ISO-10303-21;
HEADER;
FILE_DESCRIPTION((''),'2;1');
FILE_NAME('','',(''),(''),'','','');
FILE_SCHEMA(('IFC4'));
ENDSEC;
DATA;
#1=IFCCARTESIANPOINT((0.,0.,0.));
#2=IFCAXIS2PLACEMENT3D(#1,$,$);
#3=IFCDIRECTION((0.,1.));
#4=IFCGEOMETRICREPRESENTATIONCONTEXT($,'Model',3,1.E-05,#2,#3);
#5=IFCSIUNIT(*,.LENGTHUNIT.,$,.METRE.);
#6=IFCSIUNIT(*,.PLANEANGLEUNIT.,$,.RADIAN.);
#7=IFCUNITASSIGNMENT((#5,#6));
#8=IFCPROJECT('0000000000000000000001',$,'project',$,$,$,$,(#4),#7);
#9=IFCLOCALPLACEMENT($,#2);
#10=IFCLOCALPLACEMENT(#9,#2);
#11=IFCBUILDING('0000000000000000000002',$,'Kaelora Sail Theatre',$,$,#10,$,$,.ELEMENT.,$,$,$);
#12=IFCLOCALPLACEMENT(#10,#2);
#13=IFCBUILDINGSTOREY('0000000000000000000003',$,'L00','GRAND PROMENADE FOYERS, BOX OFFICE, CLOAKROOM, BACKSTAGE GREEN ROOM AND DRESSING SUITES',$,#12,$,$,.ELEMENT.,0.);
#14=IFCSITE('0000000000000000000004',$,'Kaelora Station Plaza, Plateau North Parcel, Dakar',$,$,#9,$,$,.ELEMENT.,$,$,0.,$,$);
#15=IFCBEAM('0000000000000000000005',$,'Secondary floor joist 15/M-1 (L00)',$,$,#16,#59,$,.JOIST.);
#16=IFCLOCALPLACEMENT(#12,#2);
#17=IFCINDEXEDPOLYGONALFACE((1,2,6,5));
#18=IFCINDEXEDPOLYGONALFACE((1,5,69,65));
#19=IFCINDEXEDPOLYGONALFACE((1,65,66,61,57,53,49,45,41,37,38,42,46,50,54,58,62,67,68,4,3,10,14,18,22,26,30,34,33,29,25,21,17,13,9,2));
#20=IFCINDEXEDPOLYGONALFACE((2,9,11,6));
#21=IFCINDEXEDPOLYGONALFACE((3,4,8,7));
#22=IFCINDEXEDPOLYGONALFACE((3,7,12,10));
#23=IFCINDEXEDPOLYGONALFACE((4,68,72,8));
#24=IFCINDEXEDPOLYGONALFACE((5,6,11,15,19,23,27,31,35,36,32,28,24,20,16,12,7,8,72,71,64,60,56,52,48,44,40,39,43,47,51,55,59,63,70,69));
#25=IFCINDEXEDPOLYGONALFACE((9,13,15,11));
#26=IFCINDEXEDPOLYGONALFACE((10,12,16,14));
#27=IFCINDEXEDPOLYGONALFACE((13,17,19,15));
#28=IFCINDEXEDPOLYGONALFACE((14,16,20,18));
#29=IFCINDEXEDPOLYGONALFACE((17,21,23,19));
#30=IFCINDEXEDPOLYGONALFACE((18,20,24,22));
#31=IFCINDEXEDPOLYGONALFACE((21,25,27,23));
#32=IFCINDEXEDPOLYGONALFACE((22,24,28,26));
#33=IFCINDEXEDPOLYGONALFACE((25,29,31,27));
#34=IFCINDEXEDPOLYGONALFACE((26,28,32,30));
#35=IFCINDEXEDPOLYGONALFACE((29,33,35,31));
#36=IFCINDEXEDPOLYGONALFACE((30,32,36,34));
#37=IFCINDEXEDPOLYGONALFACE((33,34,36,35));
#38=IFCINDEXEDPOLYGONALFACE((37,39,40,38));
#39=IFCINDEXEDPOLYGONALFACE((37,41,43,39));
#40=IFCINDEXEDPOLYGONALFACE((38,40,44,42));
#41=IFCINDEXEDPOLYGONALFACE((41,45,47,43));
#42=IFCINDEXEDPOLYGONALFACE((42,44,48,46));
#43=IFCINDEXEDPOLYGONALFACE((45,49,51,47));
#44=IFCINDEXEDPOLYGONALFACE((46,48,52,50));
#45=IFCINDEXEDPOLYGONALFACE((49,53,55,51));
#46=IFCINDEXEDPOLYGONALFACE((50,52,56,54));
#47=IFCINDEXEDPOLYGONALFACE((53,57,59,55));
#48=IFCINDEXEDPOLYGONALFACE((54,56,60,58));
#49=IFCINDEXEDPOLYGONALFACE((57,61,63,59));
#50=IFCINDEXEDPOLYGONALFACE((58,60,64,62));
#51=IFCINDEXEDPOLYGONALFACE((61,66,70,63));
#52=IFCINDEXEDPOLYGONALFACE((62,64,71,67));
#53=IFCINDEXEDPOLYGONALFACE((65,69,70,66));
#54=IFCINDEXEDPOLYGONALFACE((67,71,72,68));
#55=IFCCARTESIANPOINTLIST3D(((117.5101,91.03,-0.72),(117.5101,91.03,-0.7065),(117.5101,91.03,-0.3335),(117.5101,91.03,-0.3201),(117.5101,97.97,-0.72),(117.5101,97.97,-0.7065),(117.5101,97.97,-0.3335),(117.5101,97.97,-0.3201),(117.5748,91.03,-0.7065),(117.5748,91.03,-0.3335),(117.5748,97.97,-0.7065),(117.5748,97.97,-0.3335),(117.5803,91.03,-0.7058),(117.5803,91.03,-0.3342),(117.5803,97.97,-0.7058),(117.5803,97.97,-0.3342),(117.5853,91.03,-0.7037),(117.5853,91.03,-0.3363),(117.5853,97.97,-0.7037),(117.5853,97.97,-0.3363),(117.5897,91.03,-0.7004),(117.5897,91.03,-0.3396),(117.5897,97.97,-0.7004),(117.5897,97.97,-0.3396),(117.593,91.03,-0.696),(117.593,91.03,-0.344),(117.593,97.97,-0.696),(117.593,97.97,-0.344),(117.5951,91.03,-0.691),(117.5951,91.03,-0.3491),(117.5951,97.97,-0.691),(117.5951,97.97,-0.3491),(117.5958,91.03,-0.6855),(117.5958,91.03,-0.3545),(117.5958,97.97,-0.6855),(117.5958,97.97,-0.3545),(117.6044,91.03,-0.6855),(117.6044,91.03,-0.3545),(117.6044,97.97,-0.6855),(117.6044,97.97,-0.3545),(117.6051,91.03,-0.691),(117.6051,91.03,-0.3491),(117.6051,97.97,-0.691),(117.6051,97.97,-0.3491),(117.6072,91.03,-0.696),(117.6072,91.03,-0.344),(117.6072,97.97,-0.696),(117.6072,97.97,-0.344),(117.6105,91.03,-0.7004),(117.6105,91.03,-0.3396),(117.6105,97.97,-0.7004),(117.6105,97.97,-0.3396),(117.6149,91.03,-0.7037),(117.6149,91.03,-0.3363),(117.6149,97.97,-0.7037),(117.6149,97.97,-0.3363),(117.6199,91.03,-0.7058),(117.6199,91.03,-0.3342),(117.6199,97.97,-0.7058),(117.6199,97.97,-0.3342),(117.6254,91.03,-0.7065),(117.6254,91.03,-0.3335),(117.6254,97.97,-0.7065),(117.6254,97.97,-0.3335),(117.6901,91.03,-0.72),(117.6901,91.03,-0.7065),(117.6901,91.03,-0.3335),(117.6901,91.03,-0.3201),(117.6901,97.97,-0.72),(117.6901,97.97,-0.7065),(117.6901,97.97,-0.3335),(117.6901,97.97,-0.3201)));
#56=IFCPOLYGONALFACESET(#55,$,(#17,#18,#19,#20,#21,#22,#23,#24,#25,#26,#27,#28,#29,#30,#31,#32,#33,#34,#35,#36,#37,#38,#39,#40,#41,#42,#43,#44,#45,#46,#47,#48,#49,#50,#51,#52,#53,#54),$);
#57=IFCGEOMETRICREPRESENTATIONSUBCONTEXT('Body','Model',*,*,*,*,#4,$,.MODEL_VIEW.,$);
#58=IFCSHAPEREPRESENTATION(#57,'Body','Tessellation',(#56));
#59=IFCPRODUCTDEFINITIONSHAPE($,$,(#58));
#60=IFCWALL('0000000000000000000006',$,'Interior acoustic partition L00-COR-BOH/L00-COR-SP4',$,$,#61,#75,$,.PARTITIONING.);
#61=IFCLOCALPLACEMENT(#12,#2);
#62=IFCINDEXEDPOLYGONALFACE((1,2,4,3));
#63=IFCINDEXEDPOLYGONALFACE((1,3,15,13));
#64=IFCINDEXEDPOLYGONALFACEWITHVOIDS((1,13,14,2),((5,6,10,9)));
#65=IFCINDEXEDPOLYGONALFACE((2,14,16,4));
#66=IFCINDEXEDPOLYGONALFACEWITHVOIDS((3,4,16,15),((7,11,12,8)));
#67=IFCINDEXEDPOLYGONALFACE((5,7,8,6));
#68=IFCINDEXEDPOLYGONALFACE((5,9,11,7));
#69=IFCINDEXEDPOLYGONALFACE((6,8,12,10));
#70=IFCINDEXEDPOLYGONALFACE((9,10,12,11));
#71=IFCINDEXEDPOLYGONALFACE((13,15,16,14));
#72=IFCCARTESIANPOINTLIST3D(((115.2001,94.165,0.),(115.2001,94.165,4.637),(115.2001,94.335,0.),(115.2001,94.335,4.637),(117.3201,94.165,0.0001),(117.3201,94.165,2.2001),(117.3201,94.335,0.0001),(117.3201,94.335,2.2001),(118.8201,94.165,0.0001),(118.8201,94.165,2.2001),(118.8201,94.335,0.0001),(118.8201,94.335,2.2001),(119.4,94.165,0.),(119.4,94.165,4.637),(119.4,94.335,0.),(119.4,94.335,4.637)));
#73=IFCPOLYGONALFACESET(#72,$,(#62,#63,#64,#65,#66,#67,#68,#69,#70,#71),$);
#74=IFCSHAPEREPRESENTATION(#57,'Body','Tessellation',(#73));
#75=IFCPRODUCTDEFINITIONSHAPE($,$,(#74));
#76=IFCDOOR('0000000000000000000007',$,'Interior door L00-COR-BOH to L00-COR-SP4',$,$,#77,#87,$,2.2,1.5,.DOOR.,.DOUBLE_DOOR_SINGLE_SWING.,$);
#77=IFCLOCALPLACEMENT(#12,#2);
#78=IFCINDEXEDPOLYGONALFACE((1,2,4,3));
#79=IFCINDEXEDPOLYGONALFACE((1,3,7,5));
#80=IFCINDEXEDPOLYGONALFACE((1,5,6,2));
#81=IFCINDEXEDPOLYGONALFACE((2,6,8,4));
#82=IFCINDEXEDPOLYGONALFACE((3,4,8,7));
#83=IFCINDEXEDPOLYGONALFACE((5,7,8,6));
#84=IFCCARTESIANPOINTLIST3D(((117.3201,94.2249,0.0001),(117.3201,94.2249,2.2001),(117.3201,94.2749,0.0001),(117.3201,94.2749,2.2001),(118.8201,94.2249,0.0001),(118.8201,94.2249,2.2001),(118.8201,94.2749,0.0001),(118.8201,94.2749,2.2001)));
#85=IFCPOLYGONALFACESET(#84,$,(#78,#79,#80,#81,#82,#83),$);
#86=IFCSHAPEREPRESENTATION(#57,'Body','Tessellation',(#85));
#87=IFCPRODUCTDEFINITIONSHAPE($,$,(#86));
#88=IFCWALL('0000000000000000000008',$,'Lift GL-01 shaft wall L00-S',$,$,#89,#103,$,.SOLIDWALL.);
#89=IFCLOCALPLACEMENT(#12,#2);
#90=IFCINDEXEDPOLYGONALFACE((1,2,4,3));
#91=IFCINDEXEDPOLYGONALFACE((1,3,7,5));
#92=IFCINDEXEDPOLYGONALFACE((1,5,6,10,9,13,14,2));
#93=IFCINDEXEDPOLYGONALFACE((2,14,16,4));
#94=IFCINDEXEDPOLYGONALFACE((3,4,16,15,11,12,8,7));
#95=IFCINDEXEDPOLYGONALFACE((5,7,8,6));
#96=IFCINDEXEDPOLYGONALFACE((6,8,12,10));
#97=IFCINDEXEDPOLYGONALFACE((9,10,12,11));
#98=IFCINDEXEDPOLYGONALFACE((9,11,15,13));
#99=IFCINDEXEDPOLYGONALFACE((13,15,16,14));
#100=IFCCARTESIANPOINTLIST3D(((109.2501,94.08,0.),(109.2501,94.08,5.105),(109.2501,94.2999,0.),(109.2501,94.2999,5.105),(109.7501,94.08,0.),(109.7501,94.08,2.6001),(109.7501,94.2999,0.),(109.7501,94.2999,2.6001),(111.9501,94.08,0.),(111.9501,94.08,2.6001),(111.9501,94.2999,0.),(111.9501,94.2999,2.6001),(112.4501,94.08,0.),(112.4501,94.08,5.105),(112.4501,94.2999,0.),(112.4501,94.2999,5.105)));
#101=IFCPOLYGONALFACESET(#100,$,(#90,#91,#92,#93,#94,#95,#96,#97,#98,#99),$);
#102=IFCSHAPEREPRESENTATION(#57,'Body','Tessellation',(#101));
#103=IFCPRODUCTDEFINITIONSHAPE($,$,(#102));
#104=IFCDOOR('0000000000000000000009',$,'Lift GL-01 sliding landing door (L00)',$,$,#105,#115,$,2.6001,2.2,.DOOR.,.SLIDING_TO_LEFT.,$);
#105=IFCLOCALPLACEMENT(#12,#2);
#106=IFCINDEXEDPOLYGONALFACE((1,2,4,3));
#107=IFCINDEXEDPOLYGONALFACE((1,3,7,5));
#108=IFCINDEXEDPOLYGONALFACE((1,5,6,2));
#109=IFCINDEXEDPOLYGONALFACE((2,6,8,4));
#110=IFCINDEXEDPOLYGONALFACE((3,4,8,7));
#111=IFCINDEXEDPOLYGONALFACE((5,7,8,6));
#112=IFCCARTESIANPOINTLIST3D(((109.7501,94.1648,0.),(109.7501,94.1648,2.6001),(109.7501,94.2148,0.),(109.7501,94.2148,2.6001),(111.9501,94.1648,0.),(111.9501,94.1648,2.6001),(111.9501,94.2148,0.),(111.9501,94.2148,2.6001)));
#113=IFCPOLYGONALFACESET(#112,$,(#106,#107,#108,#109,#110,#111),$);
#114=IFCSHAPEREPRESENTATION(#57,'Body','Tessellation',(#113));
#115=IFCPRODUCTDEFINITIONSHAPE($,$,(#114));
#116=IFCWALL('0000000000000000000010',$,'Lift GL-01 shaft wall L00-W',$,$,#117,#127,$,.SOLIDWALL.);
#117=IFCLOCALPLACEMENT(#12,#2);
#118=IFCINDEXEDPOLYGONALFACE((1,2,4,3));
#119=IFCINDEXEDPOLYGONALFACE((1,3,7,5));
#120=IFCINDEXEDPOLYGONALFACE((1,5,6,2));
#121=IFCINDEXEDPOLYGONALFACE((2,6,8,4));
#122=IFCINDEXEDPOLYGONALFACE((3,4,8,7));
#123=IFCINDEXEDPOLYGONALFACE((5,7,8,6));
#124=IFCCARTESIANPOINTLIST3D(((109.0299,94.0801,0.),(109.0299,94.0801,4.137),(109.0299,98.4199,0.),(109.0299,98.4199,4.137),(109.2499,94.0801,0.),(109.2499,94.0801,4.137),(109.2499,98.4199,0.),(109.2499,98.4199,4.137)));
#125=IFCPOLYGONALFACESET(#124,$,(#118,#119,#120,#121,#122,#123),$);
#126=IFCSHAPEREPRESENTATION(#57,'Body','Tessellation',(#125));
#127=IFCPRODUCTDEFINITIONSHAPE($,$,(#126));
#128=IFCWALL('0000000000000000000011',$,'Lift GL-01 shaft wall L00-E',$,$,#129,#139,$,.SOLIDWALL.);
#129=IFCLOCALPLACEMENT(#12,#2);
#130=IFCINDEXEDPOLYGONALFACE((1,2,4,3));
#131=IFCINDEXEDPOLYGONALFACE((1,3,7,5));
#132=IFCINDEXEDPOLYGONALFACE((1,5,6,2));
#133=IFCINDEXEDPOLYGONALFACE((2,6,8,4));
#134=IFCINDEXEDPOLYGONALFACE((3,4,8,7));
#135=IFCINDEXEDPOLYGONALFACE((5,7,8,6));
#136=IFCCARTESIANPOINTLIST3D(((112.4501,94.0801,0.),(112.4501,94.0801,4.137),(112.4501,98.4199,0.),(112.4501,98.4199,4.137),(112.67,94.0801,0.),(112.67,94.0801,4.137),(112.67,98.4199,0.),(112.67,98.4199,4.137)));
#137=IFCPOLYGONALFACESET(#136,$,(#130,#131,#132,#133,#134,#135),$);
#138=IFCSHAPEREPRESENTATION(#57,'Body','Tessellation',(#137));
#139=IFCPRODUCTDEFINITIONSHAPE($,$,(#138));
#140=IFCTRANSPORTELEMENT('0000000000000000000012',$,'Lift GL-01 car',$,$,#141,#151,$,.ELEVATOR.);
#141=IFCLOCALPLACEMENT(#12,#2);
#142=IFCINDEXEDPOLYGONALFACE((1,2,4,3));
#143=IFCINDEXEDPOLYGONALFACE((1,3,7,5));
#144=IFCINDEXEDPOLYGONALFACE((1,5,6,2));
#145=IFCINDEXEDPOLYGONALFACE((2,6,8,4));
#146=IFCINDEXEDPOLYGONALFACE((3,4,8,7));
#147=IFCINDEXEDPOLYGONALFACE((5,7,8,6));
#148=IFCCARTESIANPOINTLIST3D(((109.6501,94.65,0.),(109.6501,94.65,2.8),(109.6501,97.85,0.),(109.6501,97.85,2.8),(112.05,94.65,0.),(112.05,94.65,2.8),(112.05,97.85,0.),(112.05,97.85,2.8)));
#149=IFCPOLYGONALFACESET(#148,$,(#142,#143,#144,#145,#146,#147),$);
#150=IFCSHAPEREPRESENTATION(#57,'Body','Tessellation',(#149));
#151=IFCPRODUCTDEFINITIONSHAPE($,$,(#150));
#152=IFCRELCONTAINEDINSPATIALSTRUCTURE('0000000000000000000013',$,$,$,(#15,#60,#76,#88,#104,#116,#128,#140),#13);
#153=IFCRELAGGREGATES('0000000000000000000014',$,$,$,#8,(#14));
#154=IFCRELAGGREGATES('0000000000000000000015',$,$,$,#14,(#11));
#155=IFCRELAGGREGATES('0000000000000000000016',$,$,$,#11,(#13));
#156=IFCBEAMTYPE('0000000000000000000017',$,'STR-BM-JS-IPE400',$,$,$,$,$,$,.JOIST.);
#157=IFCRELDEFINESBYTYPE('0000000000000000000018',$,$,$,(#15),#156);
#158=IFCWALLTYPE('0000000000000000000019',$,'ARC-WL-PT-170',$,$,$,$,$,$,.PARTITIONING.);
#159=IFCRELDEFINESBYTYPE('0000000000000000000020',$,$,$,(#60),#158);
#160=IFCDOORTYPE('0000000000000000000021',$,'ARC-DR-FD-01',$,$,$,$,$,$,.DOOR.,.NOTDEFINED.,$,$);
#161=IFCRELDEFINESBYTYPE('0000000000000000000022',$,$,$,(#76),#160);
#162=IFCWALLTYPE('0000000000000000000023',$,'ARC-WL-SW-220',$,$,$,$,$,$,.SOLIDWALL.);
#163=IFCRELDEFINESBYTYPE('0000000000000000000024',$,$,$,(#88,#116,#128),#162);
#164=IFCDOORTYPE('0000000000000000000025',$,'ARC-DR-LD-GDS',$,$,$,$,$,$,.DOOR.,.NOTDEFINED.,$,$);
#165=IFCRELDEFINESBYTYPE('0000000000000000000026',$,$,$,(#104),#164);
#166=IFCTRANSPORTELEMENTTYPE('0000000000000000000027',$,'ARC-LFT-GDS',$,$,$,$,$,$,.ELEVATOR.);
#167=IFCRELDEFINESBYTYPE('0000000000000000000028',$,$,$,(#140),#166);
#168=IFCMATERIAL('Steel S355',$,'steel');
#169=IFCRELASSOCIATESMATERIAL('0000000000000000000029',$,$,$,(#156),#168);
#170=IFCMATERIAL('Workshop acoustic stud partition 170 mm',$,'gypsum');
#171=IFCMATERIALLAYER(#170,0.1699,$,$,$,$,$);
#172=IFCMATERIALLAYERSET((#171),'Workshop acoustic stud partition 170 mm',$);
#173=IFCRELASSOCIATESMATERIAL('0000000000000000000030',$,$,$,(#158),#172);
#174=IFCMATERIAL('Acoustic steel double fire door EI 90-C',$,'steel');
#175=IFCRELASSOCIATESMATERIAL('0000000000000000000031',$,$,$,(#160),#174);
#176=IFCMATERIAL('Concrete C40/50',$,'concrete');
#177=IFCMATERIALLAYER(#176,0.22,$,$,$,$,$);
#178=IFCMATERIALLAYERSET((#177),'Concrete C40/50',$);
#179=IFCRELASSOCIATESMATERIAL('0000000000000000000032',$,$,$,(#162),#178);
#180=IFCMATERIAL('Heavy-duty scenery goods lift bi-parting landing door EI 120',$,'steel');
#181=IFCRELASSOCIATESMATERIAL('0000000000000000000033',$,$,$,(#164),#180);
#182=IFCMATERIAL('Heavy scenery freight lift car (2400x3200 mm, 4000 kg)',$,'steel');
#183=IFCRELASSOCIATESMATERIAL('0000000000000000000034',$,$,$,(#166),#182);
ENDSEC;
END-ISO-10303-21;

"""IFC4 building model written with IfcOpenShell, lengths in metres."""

from ifc_helpers import new_model, si_unit, direction, frame, frame_2d, origin, origin_2d, place, context, subcontext, project, spatial, rectangle, i_section, extrude, material, layer, layer_set, material_profile, profile_set, type_object, element, fill, save


model = new_model("IFC4")

# Units and contexts
model_context = context("Model", 3, precision=1e-05, world=origin(), true_north=direction((0.0, 1.0)))
body_context = subcontext(model_context, "Body", "Model", "MODEL_VIEW")
ifc_project = project(units=[si_unit("LENGTHUNIT", "METRE"), si_unit("PLANEANGLEUNIT", "RADIAN")], contexts=[model_context])

# Site, building, storey
site_placement = place(None, origin())
site = spatial("IfcSite", under=ifc_project, at=site_placement, Name="Kaelora Station Plaza, Plateau North Parcel, Dakar", CompositionType="ELEMENT", RefElevation=0.0)
building_placement = place(site_placement, origin())
building = spatial("IfcBuilding", under=site, at=building_placement, Name="Kaelora Sail Theatre", CompositionType="ELEMENT")
storey_placement = place(building_placement, origin())
storey = spatial("IfcBuildingStorey", under=building, at=storey_placement, Name="L00", Description="GRAND PROMENADE FOYERS, BOX OFFICE, CLOAKROOM, BACKSTAGE GREEN ROOM AND DRESSING SUITES", CompositionType="ELEMENT", Elevation=0.0)

# Beam
ifc_material_1 = material(Name="Steel S355", Category="steel")
ifc_material_profile_1 = material_profile(ifc_material_1, i_section(OverallWidth=0.1799, OverallDepth=0.3999, WebThickness=0.0085, FlangeThickness=0.0134, FilletRadius=0.021, at=origin_2d()), Name="IPE 400")
ifc_profile_set_1 = profile_set([ifc_material_profile_1], Name="Steel S355")
beam_type_1 = type_object("IfcBeamType", Name="STR-BM-JS-IPE400", PredefinedType="JOIST", material=ifc_profile_set_1)
for number, where, z_axis, x_axis, name in (
    (1, (117.6001, 91.03, -0.52), (0.0, 1.0, 0.0), (-1.0, 0.0, 0.0), "Secondary floor joist 15/M-1 (L00)"),
):
    element("IfcBeam", number, at=place(storey_placement, frame(where, z_axis=z_axis, x_axis=x_axis)), inside=storey, type_object=beam_type_1, Name=name, PredefinedType="JOIST", context=body_context, shape_type="SweptSolid", body=[
        extrude(i_section(OverallWidth=0.1799, OverallDepth=0.3999, WebThickness=0.0085, FlangeThickness=0.0134, FilletRadius=0.021, at=origin_2d()), origin(), (0.0, 0.0, 1.0), 6.9399),
    ])

# Walls, openings, doors
ifc_material_2 = material(Name="Workshop acoustic stud partition 170 mm", Category="gypsum")
ifc_layer_1 = layer(ifc_material_2, 0.1699)
ifc_layer_set_1 = layer_set([ifc_layer_1], Name="Workshop acoustic stud partition 170 mm")
wall_type_1 = type_object("IfcWallType", Name="ARC-WL-PT-170", PredefinedType="PARTITIONING", material=ifc_layer_set_1)
wall_1_placement = place(storey_placement, frame((115.2, 94.25, 0.0), z_axis=(0.0, 0.0, 1.0), x_axis=(1.0, 0.0, 0.0)))
wall_1 = element("IfcWall", 2, at=wall_1_placement, inside=storey, type_object=wall_type_1, Name="Interior acoustic partition L00-COR-BOH/L00-COR-SP4", PredefinedType="PARTITIONING", context=body_context, shape_type="SweptSolid", body=[
    extrude(rectangle(XDim=4.2, YDim=0.1699, at=frame_2d((2.1001, 0.0))), origin(), (0.0, 0.0, 1.0), 4.637),
])
opening_1_placement = place(wall_1_placement, frame((2.1201, 0.0, 0.0)))
opening_1 = element("IfcOpeningElement", 3, at=opening_1_placement, cuts=wall_1, PredefinedType="OPENING", context=body_context, shape_type="SweptSolid", body=[
    extrude(rectangle(XDim=1.5, YDim=2.2, at=frame_2d((0.75, 1.1001))), frame((0.0, 0.095, 0.0), z_axis=(0.0, -1.0, 0.0), x_axis=(1.0, 0.0, 0.0)), (0.0, 0.0, 1.0), 0.1899),
])
ifc_material_3 = material(Name="Acoustic steel double fire door EI 90-C", Category="steel")
door_type_1 = type_object("IfcDoorType", Name="ARC-DR-FD-01", OperationType="NOTDEFINED", PredefinedType="DOOR", material=ifc_material_3)
door_1_placement = place(opening_1_placement, origin())
door_1 = element("IfcDoor", 4, at=door_1_placement, inside=storey, type_object=door_type_1, Name="Interior door L00-COR-BOH to L00-COR-SP4", OperationType="DOUBLE_DOOR_SINGLE_SWING", OverallHeight=2.2, OverallWidth=1.5, PredefinedType="DOOR", context=body_context, shape_type="SweptSolid", body=[
    extrude(rectangle(XDim=1.5, YDim=2.2, at=frame_2d((0.75, 1.1001))), frame((0.0, 0.0249, 0.0), z_axis=(0.0, -1.0, 0.0), x_axis=(1.0, 0.0, 0.0)), (0.0, 0.0, 1.0), 0.05),
])
fill(opening_1, door_1)
ifc_material_4 = material(Name="Concrete C40/50", Category="concrete")
ifc_layer_2 = layer(ifc_material_4, 0.22)
ifc_layer_set_2 = layer_set([ifc_layer_2], Name="Concrete C40/50")
wall_type_2 = type_object("IfcWallType", Name="ARC-WL-SW-220", PredefinedType="SOLIDWALL", material=ifc_layer_set_2)
wall_2_placement = place(storey_placement, frame((109.25, 94.1899, 0.0), z_axis=(0.0, 0.0, 1.0), x_axis=(1.0, 0.0, 0.0)))
wall_2 = element("IfcWall", 5, at=wall_2_placement, inside=storey, type_object=wall_type_2, Name="Lift GL-01 shaft wall L00-S", PredefinedType="SOLIDWALL", context=body_context, shape_type="SweptSolid", body=[
    extrude(rectangle(XDim=3.2, YDim=0.22, at=frame_2d((1.6001, 0.0))), origin(), (0.0, 0.0, 1.0), 5.105),
])
opening_2_placement = place(wall_2_placement, frame((0.5, 0.0, 0.0)))
opening_2 = element("IfcOpeningElement", 6, at=opening_2_placement, cuts=wall_2, PredefinedType="OPENING", context=body_context, shape_type="SweptSolid", body=[
    extrude(rectangle(XDim=2.2, YDim=2.6001, at=frame_2d((1.1001, 1.3))), frame((0.0, 0.1199, 0.0), z_axis=(0.0, -1.0, 0.0), x_axis=(1.0, 0.0, 0.0)), (0.0, 0.0, 1.0), 0.24),
])
ifc_material_5 = material(Name="Heavy-duty scenery goods lift bi-parting landing door EI 120", Category="steel")
door_type_2 = type_object("IfcDoorType", Name="ARC-DR-LD-GDS", OperationType="NOTDEFINED", PredefinedType="DOOR", material=ifc_material_5)
door_2_placement = place(opening_2_placement, origin())
door_2 = element("IfcDoor", 7, at=door_2_placement, inside=storey, type_object=door_type_2, Name="Lift GL-01 sliding landing door (L00)", OperationType="SLIDING_TO_LEFT", OverallHeight=2.6001, OverallWidth=2.2, PredefinedType="DOOR", context=body_context, shape_type="SweptSolid", body=[
    extrude(rectangle(XDim=2.2, YDim=2.6001, at=frame_2d((1.1001, 1.3))), frame((0.0, 0.0249, 0.0), z_axis=(0.0, -1.0, 0.0), x_axis=(1.0, 0.0, 0.0)), (0.0, 0.0, 1.0), 0.05),
])
fill(opening_2, door_2)

# Walls
for number, where, z_axis, x_axis, name in (
    (8, (109.1399, 94.0801, 0.0), (0.0, 0.0, 1.0), (0.0, 1.0, 0.0), "Lift GL-01 shaft wall L00-W"),
    (9, (112.5601, 94.0801, 0.0), (0.0, 0.0, 1.0), (0.0, 1.0, 0.0), "Lift GL-01 shaft wall L00-E"),
):
    element("IfcWall", number, at=place(storey_placement, frame(where, z_axis=z_axis, x_axis=x_axis)), inside=storey, type_object=wall_type_2, Name=name, PredefinedType="SOLIDWALL", context=body_context, shape_type="SweptSolid", body=[
        extrude(rectangle(XDim=4.3398, YDim=0.22, at=frame_2d((2.1699, 0.0))), origin(), (0.0, 0.0, 1.0), 4.137),
    ])

# Transport element
ifc_material_6 = material(Name="Heavy scenery freight lift car (2400x3200 mm, 4000 kg)", Category="steel")
transport_element_type = type_object("IfcTransportElementType", Name="ARC-LFT-GDS", PredefinedType="ELEVATOR", material=ifc_material_6)
transport_element_placement = place(storey_placement, frame((110.8501, 96.25, 0.0), z_axis=(0.0, 0.0, 1.0), x_axis=(1.0, 0.0, 0.0)))
element("IfcTransportElement", 10, at=transport_element_placement, inside=storey, type_object=transport_element_type, Name="Lift GL-01 car", PredefinedType="ELEVATOR", context=body_context, shape_type="SweptSolid", body=[
    extrude(rectangle(XDim=2.3999, YDim=3.2, at=origin_2d()), origin(), (0.0, 0.0, 1.0), 2.8),
])

save(model, "model.ifc")
